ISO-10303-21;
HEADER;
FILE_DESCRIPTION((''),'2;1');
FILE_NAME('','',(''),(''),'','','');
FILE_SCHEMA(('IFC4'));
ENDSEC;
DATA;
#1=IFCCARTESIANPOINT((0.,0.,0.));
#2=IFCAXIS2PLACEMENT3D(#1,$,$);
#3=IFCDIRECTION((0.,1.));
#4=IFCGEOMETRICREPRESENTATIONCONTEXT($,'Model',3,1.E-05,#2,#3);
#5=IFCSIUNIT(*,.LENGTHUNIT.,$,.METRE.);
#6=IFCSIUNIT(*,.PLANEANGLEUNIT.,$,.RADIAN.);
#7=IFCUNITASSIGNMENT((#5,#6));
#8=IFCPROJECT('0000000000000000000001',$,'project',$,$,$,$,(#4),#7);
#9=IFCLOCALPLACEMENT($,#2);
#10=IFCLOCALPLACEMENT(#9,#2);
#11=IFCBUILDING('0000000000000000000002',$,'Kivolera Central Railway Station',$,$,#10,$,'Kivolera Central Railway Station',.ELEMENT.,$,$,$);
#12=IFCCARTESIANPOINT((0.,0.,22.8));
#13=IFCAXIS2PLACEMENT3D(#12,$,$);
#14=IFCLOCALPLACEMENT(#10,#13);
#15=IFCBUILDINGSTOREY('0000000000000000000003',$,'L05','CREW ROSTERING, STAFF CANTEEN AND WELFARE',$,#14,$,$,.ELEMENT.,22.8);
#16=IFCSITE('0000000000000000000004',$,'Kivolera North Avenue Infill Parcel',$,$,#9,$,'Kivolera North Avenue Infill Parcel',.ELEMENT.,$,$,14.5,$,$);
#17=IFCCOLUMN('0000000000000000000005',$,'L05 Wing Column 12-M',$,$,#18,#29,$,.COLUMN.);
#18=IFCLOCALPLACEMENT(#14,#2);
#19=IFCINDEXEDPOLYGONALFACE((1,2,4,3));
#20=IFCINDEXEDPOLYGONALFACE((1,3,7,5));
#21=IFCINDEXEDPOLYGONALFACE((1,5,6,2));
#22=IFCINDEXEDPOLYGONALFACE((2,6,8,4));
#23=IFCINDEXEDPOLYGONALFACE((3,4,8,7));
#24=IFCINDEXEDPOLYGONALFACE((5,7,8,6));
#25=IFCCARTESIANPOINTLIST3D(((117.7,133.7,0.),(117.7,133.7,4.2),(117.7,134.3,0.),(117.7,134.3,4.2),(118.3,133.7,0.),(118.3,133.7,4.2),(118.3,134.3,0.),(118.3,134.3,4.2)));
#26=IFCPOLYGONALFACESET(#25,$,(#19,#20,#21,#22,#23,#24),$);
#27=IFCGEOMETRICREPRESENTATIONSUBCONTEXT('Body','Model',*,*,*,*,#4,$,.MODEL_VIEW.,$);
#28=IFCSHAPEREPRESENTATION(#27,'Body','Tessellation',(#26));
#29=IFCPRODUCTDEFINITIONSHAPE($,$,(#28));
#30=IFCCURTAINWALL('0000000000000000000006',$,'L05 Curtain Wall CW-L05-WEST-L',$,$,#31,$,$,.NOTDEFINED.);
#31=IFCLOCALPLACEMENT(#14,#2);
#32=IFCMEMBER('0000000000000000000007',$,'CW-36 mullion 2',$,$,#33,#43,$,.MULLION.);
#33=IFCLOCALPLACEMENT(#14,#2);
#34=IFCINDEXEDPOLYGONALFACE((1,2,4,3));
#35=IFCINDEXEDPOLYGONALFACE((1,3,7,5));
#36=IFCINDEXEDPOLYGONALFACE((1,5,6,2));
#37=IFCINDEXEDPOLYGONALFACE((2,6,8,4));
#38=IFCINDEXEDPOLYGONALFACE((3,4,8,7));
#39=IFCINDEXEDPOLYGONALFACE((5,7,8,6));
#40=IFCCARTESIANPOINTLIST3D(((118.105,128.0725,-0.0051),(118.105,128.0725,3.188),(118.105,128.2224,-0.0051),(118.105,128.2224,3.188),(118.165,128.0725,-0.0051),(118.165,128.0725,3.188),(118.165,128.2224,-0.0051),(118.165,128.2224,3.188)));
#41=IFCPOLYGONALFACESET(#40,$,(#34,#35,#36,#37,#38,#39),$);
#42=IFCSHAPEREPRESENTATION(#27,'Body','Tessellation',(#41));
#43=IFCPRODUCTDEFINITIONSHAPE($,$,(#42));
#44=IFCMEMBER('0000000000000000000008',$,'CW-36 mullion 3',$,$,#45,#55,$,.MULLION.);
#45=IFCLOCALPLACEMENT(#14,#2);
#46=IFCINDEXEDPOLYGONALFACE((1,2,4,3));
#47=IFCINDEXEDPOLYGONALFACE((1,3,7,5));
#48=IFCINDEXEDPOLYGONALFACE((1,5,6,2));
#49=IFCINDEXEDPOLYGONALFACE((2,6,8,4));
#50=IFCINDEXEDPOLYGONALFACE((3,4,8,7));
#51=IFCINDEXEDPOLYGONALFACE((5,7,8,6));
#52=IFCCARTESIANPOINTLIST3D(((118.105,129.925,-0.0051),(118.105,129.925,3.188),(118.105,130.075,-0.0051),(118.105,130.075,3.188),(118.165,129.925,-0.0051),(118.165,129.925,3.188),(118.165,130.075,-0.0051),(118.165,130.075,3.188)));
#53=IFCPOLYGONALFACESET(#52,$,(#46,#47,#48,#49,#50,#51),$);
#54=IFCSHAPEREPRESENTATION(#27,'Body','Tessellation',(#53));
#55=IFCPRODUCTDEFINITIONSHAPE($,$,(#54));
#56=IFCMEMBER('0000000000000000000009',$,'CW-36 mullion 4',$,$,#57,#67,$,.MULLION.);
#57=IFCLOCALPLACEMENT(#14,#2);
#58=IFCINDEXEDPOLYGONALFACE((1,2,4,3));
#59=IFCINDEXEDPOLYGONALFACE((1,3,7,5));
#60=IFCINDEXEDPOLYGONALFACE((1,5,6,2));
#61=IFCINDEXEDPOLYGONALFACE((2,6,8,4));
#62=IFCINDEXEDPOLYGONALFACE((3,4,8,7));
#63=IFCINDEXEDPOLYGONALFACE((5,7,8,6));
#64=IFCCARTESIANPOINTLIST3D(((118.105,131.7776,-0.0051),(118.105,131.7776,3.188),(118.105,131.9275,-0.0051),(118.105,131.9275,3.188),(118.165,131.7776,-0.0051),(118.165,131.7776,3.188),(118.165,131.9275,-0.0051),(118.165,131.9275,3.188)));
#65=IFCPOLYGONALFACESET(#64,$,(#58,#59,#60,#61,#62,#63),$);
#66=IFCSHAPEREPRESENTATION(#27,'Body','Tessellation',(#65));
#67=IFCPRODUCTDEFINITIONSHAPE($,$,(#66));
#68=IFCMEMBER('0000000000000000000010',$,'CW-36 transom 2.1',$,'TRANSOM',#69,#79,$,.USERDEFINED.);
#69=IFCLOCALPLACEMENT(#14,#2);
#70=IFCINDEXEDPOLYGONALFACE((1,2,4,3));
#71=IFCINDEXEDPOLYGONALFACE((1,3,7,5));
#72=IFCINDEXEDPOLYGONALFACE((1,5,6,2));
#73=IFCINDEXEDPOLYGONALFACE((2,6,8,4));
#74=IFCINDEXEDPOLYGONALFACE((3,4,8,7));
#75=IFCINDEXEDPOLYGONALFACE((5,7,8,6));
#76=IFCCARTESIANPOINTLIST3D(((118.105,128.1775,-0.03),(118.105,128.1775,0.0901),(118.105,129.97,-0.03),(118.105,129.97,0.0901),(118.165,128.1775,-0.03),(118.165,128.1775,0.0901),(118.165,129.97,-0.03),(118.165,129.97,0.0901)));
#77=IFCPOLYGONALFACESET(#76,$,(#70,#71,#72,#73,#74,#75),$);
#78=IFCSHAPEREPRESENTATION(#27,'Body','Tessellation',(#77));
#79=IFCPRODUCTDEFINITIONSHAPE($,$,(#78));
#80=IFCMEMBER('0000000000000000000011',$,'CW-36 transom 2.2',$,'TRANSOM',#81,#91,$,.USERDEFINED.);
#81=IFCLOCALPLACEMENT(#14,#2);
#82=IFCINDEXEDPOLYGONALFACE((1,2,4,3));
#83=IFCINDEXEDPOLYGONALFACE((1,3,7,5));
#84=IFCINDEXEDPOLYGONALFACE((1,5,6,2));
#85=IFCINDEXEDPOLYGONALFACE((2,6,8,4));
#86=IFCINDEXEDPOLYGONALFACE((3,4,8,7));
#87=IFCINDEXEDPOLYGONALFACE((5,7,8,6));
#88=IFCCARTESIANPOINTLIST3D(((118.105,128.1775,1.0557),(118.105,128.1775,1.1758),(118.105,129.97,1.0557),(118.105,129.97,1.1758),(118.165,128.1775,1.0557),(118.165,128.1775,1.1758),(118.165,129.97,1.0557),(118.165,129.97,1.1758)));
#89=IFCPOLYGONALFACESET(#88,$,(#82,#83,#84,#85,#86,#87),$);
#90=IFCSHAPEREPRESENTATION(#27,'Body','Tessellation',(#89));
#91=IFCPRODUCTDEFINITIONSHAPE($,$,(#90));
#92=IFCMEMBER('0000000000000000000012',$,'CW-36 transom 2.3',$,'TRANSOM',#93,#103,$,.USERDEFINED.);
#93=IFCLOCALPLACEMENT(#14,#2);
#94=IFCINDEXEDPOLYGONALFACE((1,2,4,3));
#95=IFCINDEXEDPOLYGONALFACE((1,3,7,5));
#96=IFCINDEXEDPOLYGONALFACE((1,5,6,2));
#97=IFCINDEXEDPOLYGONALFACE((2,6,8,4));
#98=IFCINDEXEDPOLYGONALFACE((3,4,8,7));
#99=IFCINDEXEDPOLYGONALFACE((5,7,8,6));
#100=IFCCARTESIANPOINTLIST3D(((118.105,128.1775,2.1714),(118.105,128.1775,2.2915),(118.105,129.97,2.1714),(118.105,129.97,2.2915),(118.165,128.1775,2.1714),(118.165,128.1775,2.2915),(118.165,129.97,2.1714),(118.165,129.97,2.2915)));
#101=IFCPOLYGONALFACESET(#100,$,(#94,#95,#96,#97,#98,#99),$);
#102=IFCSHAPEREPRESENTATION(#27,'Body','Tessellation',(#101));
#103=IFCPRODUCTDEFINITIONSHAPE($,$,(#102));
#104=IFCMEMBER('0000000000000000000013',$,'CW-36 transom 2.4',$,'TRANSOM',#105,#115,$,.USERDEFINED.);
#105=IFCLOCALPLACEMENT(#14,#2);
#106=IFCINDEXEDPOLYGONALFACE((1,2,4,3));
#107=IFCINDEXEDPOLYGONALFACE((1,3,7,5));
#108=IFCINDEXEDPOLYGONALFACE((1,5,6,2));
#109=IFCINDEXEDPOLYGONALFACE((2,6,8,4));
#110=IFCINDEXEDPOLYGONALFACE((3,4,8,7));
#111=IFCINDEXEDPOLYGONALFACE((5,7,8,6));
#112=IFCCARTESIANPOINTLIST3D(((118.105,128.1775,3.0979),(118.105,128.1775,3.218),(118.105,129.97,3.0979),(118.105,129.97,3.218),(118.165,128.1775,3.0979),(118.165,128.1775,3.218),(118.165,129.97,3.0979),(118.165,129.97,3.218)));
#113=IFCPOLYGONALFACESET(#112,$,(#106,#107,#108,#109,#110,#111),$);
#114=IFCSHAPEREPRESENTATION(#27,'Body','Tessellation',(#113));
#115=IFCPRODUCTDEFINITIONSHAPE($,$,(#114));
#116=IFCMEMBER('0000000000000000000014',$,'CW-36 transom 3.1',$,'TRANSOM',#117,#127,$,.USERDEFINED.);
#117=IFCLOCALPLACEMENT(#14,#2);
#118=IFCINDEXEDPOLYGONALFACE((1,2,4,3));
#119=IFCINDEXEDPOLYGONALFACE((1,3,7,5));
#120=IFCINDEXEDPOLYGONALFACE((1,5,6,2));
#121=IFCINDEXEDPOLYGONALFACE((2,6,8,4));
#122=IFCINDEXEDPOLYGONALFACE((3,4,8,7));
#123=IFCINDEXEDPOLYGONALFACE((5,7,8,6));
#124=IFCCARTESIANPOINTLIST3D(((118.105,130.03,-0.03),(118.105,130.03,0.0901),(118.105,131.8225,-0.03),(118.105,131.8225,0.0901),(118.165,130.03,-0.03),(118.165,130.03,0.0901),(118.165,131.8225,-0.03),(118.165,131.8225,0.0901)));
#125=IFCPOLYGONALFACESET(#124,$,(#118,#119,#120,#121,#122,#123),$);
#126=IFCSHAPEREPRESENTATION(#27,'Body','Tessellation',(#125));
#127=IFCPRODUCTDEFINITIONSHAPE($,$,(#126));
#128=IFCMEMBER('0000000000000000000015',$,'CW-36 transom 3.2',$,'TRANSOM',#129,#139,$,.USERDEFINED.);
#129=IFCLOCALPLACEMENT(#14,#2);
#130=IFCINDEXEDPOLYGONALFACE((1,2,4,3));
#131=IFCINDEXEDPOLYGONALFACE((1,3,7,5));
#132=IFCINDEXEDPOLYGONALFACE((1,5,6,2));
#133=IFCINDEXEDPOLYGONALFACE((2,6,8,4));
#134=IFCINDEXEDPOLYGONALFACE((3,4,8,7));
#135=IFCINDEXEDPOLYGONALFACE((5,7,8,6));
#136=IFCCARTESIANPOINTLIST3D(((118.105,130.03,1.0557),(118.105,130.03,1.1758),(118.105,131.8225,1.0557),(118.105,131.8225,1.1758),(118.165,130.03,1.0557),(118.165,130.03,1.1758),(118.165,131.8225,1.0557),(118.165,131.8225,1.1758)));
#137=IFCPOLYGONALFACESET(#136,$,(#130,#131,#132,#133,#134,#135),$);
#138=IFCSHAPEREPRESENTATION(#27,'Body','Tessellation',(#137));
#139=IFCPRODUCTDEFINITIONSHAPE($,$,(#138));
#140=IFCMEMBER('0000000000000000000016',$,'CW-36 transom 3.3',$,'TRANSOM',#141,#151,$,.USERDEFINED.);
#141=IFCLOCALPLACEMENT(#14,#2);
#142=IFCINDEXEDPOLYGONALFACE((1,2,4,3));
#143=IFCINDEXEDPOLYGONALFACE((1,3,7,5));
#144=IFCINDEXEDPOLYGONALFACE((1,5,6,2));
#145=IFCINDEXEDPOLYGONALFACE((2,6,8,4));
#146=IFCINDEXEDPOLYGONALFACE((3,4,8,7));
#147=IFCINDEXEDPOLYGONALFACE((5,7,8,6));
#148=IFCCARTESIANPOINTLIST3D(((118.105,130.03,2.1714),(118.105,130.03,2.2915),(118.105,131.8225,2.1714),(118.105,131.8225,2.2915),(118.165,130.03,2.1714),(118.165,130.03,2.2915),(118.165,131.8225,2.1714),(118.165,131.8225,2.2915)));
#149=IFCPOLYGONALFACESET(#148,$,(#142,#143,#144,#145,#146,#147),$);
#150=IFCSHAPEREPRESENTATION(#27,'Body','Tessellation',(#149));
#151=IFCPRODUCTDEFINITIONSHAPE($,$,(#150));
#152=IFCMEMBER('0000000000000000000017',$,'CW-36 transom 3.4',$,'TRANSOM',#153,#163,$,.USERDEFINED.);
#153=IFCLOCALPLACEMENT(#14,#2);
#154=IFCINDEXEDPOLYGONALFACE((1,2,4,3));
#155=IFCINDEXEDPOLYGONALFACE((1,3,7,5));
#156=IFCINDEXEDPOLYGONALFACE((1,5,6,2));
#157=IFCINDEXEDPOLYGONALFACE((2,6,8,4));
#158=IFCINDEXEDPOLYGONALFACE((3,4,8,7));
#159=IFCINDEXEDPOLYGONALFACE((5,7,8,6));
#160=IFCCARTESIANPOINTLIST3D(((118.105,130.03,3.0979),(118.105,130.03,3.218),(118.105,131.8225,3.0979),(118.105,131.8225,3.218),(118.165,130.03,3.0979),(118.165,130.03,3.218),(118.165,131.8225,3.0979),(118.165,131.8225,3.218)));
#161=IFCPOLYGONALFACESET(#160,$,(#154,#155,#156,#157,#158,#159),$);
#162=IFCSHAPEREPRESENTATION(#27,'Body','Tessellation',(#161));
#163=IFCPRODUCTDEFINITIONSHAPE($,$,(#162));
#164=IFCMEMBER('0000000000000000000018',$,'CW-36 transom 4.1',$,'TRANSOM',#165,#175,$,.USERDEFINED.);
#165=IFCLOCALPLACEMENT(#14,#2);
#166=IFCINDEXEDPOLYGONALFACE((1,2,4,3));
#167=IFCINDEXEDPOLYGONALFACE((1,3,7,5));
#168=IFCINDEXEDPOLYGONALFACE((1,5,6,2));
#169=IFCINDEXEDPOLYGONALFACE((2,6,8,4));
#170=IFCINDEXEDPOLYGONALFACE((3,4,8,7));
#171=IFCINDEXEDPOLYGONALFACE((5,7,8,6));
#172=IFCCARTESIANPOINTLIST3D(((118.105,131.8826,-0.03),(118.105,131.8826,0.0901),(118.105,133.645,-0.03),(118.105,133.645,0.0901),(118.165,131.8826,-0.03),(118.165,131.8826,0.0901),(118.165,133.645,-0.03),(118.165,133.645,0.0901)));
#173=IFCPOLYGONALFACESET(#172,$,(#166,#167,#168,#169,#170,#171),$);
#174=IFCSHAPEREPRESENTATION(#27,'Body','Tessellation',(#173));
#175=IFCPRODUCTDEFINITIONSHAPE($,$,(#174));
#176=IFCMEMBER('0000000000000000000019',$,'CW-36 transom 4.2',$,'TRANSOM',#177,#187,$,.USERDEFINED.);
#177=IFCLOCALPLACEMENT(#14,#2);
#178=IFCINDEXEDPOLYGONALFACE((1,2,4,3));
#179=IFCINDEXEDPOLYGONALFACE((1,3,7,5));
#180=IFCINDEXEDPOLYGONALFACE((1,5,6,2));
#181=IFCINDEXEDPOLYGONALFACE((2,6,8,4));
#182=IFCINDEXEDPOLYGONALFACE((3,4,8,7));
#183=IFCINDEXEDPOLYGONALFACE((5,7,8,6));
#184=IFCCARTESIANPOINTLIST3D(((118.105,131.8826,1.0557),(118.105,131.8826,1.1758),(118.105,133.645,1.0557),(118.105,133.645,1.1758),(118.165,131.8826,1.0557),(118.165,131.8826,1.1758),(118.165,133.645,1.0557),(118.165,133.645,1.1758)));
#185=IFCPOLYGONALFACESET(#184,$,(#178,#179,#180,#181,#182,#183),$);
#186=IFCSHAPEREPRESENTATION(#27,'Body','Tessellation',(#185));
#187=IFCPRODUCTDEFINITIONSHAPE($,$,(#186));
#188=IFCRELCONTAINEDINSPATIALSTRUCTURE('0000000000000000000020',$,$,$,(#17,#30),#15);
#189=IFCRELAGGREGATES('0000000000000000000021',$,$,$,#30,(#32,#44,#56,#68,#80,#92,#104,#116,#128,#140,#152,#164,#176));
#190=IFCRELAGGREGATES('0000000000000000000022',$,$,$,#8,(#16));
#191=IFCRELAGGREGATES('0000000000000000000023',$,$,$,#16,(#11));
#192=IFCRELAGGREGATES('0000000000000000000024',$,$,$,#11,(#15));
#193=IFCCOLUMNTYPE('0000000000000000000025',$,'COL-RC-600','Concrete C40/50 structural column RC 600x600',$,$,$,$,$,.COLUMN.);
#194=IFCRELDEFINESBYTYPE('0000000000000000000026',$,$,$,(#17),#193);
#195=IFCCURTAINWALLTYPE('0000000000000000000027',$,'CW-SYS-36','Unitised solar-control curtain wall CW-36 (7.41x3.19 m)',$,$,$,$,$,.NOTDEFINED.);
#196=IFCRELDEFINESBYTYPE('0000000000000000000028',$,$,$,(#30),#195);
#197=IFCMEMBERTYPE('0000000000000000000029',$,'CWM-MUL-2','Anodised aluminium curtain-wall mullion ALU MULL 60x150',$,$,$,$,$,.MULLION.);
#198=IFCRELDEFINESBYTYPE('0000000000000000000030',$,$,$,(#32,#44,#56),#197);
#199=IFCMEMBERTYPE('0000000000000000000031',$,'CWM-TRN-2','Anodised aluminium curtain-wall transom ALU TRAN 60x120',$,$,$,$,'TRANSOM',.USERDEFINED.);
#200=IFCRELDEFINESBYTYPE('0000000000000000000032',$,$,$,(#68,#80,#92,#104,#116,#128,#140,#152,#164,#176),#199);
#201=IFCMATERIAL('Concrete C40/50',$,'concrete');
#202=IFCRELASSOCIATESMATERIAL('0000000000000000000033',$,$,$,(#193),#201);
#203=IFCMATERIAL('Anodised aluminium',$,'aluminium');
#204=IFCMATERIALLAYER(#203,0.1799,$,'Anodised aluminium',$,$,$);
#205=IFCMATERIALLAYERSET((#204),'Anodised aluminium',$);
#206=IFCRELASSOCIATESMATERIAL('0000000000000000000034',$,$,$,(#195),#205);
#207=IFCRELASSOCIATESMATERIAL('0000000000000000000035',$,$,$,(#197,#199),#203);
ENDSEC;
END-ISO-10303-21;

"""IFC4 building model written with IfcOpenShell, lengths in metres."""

from ifc_helpers import new_model, si_unit, direction, frame, origin, origin_2d, place, context, subcontext, project, spatial, rectangle, extrude, material, layer, layer_set, material_profile, profile_set, type_object, element, aggregate, save


model = new_model("IFC4")

# Units and contexts
model_context = context("Model", 3, precision=1e-05, world=origin(), true_north=direction((0.0, 1.0)))
body_context = subcontext(model_context, "Body", "Model", "MODEL_VIEW")
ifc_project = project(units=[si_unit("LENGTHUNIT", "METRE"), si_unit("PLANEANGLEUNIT", "RADIAN")], contexts=[model_context])

# Site, building, storey
site_placement = place(None, origin())
site = spatial("IfcSite", under=ifc_project, at=site_placement, Name="Kivolera North Avenue Infill Parcel", LongName="Kivolera North Avenue Infill Parcel", CompositionType="ELEMENT", RefElevation=14.5)
building_placement = place(site_placement, origin())
building = spatial("IfcBuilding", under=site, at=building_placement, Name="Kivolera Central Railway Station", LongName="Kivolera Central Railway Station", CompositionType="ELEMENT")
storey_placement = place(building_placement, frame((0.0, 0.0, 22.8)))
storey = spatial("IfcBuildingStorey", under=building, at=storey_placement, Name="L05", Description="CREW ROSTERING, STAFF CANTEEN AND WELFARE", CompositionType="ELEMENT", Elevation=22.8)

# Column
ifc_material_1 = material(Name="Concrete C40/50", Category="concrete")
ifc_material_profile_1 = material_profile(ifc_material_1, rectangle(XDim=0.6001, YDim=0.6001, at=origin_2d()), Name="RC 600x600")
ifc_profile_set_1 = profile_set([ifc_material_profile_1], Name="Concrete C40/50")
column_type = type_object("IfcColumnType", Name="COL-RC-600", Description="Concrete C40/50 structural column RC 600x600", PredefinedType="COLUMN", material=ifc_profile_set_1)
column_placement = place(storey_placement, frame((118.0, 134.0, 0.0), z_axis=(0.0, 0.0, 1.0), x_axis=(1.0, 0.0, 0.0)))
element("IfcColumn", 1, at=column_placement, inside=storey, type_object=column_type, Name="L05 Wing Column 12-M", PredefinedType="COLUMN", context=body_context, shape_type="SweptSolid", body=[
    extrude(rectangle(XDim=0.6001, YDim=0.6001, at=origin_2d()), origin(), (0.0, 0.0, 1.0), 4.2),
])

# Curtain wall, members
ifc_material_2 = material(Name="Anodised aluminium", Category="aluminium")
ifc_layer_1 = layer(ifc_material_2, 0.1799, Name="Anodised aluminium")
ifc_layer_set_1 = layer_set([ifc_layer_1], Name="Anodised aluminium")
curtain_wall_type = type_object("IfcCurtainWallType", Name="CW-SYS-36", Description="Unitised solar-control curtain wall CW-36 (7.41x3.19 m)", PredefinedType="NOTDEFINED", material=ifc_layer_set_1)
curtain_wall_placement = place(storey_placement, origin())
curtain_wall = element("IfcCurtainWall", 2, at=curtain_wall_placement, inside=storey, type_object=curtain_wall_type, Name="L05 Curtain Wall CW-L05-WEST-L", PredefinedType="NOTDEFINED")
ifc_material_profile_2 = material_profile(ifc_material_2, rectangle(XDim=0.0601, YDim=0.1499, at=origin_2d()), Name="ALU MULL 60x150")
ifc_profile_set_2 = profile_set([ifc_material_profile_2], Name="Anodised aluminium")
member_type_1 = type_object("IfcMemberType", Name="CWM-MUL-2", Description="Anodised aluminium curtain-wall mullion ALU MULL 60x150", PredefinedType="MULLION", material=ifc_profile_set_2)
member_1_placement = place(storey_placement, frame((118.135, 128.1475, -0.0051), z_axis=(0.0, 0.0, 1.0), x_axis=(-1.0, 0.0, 0.0)))
member_1 = element("IfcMember", 3, at=member_1_placement, type_object=member_type_1, Name="CW-36 mullion 2", PredefinedType="MULLION", context=body_context, shape_type="SweptSolid", body=[
    extrude(rectangle(XDim=0.0601, YDim=0.1499, at=origin_2d()), origin(), (0.0, 0.0, 1.0), 3.1931),
])
member_2_placement = place(storey_placement, frame((118.135, 130.0, -0.0051), z_axis=(0.0, 0.0, 1.0), x_axis=(-1.0, 0.0, 0.0)))
member_2 = element("IfcMember", 4, at=member_2_placement, type_object=member_type_1, Name="CW-36 mullion 3", PredefinedType="MULLION", context=body_context, shape_type="SweptSolid", body=[
    extrude(rectangle(XDim=0.0601, YDim=0.1499, at=origin_2d()), origin(), (0.0, 0.0, 1.0), 3.1931),
])
member_3_placement = place(storey_placement, frame((118.135, 131.8525, -0.0051), z_axis=(0.0, 0.0, 1.0), x_axis=(-1.0, 0.0, 0.0)))
member_3 = element("IfcMember", 5, at=member_3_placement, type_object=member_type_1, Name="CW-36 mullion 4", PredefinedType="MULLION", context=body_context, shape_type="SweptSolid", body=[
    extrude(rectangle(XDim=0.0601, YDim=0.1499, at=origin_2d()), origin(), (0.0, 0.0, 1.0), 3.1931),
])
ifc_material_profile_3 = material_profile(ifc_material_2, rectangle(XDim=0.0601, YDim=0.1201, at=origin_2d()), Name="ALU TRAN 60x120")
ifc_profile_set_3 = profile_set([ifc_material_profile_3], Name="Anodised aluminium")
member_type_2 = type_object("IfcMemberType", Name="CWM-TRN-2", Description="Anodised aluminium curtain-wall transom ALU TRAN 60x120", ElementType="TRANSOM", PredefinedType="USERDEFINED", material=ifc_profile_set_3)
member_4_placement = place(storey_placement, frame((118.135, 128.1775, 0.03), z_axis=(0.0, 1.0, 0.0), x_axis=(-1.0, 0.0, 0.0)))
member_4 = element("IfcMember", 6, at=member_4_placement, type_object=member_type_2, Name="CW-36 transom 2.1", ObjectType="TRANSOM", PredefinedType="USERDEFINED", context=body_context, shape_type="SweptSolid", body=[
    extrude(rectangle(XDim=0.0601, YDim=0.1201, at=origin_2d()), origin(), (0.0, 0.0, 1.0), 1.7925),
])
member_5_placement = place(storey_placement, frame((118.135, 128.1775, 1.1157), z_axis=(0.0, 1.0, 0.0), x_axis=(-1.0, 0.0, 0.0)))
member_5 = element("IfcMember", 7, at=member_5_placement, type_object=member_type_2, Name="CW-36 transom 2.2", ObjectType="TRANSOM", PredefinedType="USERDEFINED", context=body_context, shape_type="SweptSolid", body=[
    extrude(rectangle(XDim=0.0601, YDim=0.1201, at=origin_2d()), origin(), (0.0, 0.0, 1.0), 1.7925),
])
member_6_placement = place(storey_placement, frame((118.135, 128.1775, 2.2314), z_axis=(0.0, 1.0, 0.0), x_axis=(-1.0, 0.0, 0.0)))
member_6 = element("IfcMember", 8, at=member_6_placement, type_object=member_type_2, Name="CW-36 transom 2.3", ObjectType="TRANSOM", PredefinedType="USERDEFINED", context=body_context, shape_type="SweptSolid", body=[
    extrude(rectangle(XDim=0.0601, YDim=0.1201, at=origin_2d()), origin(), (0.0, 0.0, 1.0), 1.7925),
])
member_7_placement = place(storey_placement, frame((118.135, 128.1775, 3.158), z_axis=(0.0, 1.0, 0.0), x_axis=(-1.0, 0.0, 0.0)))
member_7 = element("IfcMember", 9, at=member_7_placement, type_object=member_type_2, Name="CW-36 transom 2.4", ObjectType="TRANSOM", PredefinedType="USERDEFINED", context=body_context, shape_type="SweptSolid", body=[
    extrude(rectangle(XDim=0.0601, YDim=0.1201, at=origin_2d()), origin(), (0.0, 0.0, 1.0), 1.7925),
])
member_8_placement = place(storey_placement, frame((118.135, 130.03, 0.03), z_axis=(0.0, 1.0, 0.0), x_axis=(-1.0, 0.0, 0.0)))
member_8 = element("IfcMember", 10, at=member_8_placement, type_object=member_type_2, Name="CW-36 transom 3.1", ObjectType="TRANSOM", PredefinedType="USERDEFINED", context=body_context, shape_type="SweptSolid", body=[
    extrude(rectangle(XDim=0.0601, YDim=0.1201, at=origin_2d()), origin(), (0.0, 0.0, 1.0), 1.7925),
])
member_9_placement = place(storey_placement, frame((118.135, 130.03, 1.1157), z_axis=(0.0, 1.0, 0.0), x_axis=(-1.0, 0.0, 0.0)))
member_9 = element("IfcMember", 11, at=member_9_placement, type_object=member_type_2, Name="CW-36 transom 3.2", ObjectType="TRANSOM", PredefinedType="USERDEFINED", context=body_context, shape_type="SweptSolid", body=[
    extrude(rectangle(XDim=0.0601, YDim=0.1201, at=origin_2d()), origin(), (0.0, 0.0, 1.0), 1.7925),
])
member_10_placement = place(storey_placement, frame((118.135, 130.03, 2.2314), z_axis=(0.0, 1.0, 0.0), x_axis=(-1.0, 0.0, 0.0)))
member_10 = element("IfcMember", 12, at=member_10_placement, type_object=member_type_2, Name="CW-36 transom 3.3", ObjectType="TRANSOM", PredefinedType="USERDEFINED", context=body_context, shape_type="SweptSolid", body=[
    extrude(rectangle(XDim=0.0601, YDim=0.1201, at=origin_2d()), origin(), (0.0, 0.0, 1.0), 1.7925),
])
member_11_placement = place(storey_placement, frame((118.135, 130.03, 3.158), z_axis=(0.0, 1.0, 0.0), x_axis=(-1.0, 0.0, 0.0)))
member_11 = element("IfcMember", 13, at=member_11_placement, type_object=member_type_2, Name="CW-36 transom 3.4", ObjectType="TRANSOM", PredefinedType="USERDEFINED", context=body_context, shape_type="SweptSolid", body=[
    extrude(rectangle(XDim=0.0601, YDim=0.1201, at=origin_2d()), origin(), (0.0, 0.0, 1.0), 1.7925),
])
member_12_placement = place(storey_placement, frame((118.135, 131.8826, 0.03), z_axis=(0.0, 1.0, 0.0), x_axis=(-1.0, 0.0, 0.0)))
member_12 = element("IfcMember", 14, at=member_12_placement, type_object=member_type_2, Name="CW-36 transom 4.1", ObjectType="TRANSOM", PredefinedType="USERDEFINED", context=body_context, shape_type="SweptSolid", body=[
    extrude(rectangle(XDim=0.0601, YDim=0.1201, at=origin_2d()), origin(), (0.0, 0.0, 1.0), 1.7625),
])
member_13_placement = place(storey_placement, frame((118.135, 131.8826, 1.1157), z_axis=(0.0, 1.0, 0.0), x_axis=(-1.0, 0.0, 0.0)))
member_13 = element("IfcMember", 15, at=member_13_placement, type_object=member_type_2, Name="CW-36 transom 4.2", ObjectType="TRANSOM", PredefinedType="USERDEFINED", context=body_context, shape_type="SweptSolid", body=[
    extrude(rectangle(XDim=0.0601, YDim=0.1201, at=origin_2d()), origin(), (0.0, 0.0, 1.0), 1.7625),
])
aggregate(curtain_wall, [member_1, member_2, member_3, member_4, member_5, member_6, member_7, member_8, member_9, member_10, member_11, member_12, member_13])

save(model, "model.ifc")
